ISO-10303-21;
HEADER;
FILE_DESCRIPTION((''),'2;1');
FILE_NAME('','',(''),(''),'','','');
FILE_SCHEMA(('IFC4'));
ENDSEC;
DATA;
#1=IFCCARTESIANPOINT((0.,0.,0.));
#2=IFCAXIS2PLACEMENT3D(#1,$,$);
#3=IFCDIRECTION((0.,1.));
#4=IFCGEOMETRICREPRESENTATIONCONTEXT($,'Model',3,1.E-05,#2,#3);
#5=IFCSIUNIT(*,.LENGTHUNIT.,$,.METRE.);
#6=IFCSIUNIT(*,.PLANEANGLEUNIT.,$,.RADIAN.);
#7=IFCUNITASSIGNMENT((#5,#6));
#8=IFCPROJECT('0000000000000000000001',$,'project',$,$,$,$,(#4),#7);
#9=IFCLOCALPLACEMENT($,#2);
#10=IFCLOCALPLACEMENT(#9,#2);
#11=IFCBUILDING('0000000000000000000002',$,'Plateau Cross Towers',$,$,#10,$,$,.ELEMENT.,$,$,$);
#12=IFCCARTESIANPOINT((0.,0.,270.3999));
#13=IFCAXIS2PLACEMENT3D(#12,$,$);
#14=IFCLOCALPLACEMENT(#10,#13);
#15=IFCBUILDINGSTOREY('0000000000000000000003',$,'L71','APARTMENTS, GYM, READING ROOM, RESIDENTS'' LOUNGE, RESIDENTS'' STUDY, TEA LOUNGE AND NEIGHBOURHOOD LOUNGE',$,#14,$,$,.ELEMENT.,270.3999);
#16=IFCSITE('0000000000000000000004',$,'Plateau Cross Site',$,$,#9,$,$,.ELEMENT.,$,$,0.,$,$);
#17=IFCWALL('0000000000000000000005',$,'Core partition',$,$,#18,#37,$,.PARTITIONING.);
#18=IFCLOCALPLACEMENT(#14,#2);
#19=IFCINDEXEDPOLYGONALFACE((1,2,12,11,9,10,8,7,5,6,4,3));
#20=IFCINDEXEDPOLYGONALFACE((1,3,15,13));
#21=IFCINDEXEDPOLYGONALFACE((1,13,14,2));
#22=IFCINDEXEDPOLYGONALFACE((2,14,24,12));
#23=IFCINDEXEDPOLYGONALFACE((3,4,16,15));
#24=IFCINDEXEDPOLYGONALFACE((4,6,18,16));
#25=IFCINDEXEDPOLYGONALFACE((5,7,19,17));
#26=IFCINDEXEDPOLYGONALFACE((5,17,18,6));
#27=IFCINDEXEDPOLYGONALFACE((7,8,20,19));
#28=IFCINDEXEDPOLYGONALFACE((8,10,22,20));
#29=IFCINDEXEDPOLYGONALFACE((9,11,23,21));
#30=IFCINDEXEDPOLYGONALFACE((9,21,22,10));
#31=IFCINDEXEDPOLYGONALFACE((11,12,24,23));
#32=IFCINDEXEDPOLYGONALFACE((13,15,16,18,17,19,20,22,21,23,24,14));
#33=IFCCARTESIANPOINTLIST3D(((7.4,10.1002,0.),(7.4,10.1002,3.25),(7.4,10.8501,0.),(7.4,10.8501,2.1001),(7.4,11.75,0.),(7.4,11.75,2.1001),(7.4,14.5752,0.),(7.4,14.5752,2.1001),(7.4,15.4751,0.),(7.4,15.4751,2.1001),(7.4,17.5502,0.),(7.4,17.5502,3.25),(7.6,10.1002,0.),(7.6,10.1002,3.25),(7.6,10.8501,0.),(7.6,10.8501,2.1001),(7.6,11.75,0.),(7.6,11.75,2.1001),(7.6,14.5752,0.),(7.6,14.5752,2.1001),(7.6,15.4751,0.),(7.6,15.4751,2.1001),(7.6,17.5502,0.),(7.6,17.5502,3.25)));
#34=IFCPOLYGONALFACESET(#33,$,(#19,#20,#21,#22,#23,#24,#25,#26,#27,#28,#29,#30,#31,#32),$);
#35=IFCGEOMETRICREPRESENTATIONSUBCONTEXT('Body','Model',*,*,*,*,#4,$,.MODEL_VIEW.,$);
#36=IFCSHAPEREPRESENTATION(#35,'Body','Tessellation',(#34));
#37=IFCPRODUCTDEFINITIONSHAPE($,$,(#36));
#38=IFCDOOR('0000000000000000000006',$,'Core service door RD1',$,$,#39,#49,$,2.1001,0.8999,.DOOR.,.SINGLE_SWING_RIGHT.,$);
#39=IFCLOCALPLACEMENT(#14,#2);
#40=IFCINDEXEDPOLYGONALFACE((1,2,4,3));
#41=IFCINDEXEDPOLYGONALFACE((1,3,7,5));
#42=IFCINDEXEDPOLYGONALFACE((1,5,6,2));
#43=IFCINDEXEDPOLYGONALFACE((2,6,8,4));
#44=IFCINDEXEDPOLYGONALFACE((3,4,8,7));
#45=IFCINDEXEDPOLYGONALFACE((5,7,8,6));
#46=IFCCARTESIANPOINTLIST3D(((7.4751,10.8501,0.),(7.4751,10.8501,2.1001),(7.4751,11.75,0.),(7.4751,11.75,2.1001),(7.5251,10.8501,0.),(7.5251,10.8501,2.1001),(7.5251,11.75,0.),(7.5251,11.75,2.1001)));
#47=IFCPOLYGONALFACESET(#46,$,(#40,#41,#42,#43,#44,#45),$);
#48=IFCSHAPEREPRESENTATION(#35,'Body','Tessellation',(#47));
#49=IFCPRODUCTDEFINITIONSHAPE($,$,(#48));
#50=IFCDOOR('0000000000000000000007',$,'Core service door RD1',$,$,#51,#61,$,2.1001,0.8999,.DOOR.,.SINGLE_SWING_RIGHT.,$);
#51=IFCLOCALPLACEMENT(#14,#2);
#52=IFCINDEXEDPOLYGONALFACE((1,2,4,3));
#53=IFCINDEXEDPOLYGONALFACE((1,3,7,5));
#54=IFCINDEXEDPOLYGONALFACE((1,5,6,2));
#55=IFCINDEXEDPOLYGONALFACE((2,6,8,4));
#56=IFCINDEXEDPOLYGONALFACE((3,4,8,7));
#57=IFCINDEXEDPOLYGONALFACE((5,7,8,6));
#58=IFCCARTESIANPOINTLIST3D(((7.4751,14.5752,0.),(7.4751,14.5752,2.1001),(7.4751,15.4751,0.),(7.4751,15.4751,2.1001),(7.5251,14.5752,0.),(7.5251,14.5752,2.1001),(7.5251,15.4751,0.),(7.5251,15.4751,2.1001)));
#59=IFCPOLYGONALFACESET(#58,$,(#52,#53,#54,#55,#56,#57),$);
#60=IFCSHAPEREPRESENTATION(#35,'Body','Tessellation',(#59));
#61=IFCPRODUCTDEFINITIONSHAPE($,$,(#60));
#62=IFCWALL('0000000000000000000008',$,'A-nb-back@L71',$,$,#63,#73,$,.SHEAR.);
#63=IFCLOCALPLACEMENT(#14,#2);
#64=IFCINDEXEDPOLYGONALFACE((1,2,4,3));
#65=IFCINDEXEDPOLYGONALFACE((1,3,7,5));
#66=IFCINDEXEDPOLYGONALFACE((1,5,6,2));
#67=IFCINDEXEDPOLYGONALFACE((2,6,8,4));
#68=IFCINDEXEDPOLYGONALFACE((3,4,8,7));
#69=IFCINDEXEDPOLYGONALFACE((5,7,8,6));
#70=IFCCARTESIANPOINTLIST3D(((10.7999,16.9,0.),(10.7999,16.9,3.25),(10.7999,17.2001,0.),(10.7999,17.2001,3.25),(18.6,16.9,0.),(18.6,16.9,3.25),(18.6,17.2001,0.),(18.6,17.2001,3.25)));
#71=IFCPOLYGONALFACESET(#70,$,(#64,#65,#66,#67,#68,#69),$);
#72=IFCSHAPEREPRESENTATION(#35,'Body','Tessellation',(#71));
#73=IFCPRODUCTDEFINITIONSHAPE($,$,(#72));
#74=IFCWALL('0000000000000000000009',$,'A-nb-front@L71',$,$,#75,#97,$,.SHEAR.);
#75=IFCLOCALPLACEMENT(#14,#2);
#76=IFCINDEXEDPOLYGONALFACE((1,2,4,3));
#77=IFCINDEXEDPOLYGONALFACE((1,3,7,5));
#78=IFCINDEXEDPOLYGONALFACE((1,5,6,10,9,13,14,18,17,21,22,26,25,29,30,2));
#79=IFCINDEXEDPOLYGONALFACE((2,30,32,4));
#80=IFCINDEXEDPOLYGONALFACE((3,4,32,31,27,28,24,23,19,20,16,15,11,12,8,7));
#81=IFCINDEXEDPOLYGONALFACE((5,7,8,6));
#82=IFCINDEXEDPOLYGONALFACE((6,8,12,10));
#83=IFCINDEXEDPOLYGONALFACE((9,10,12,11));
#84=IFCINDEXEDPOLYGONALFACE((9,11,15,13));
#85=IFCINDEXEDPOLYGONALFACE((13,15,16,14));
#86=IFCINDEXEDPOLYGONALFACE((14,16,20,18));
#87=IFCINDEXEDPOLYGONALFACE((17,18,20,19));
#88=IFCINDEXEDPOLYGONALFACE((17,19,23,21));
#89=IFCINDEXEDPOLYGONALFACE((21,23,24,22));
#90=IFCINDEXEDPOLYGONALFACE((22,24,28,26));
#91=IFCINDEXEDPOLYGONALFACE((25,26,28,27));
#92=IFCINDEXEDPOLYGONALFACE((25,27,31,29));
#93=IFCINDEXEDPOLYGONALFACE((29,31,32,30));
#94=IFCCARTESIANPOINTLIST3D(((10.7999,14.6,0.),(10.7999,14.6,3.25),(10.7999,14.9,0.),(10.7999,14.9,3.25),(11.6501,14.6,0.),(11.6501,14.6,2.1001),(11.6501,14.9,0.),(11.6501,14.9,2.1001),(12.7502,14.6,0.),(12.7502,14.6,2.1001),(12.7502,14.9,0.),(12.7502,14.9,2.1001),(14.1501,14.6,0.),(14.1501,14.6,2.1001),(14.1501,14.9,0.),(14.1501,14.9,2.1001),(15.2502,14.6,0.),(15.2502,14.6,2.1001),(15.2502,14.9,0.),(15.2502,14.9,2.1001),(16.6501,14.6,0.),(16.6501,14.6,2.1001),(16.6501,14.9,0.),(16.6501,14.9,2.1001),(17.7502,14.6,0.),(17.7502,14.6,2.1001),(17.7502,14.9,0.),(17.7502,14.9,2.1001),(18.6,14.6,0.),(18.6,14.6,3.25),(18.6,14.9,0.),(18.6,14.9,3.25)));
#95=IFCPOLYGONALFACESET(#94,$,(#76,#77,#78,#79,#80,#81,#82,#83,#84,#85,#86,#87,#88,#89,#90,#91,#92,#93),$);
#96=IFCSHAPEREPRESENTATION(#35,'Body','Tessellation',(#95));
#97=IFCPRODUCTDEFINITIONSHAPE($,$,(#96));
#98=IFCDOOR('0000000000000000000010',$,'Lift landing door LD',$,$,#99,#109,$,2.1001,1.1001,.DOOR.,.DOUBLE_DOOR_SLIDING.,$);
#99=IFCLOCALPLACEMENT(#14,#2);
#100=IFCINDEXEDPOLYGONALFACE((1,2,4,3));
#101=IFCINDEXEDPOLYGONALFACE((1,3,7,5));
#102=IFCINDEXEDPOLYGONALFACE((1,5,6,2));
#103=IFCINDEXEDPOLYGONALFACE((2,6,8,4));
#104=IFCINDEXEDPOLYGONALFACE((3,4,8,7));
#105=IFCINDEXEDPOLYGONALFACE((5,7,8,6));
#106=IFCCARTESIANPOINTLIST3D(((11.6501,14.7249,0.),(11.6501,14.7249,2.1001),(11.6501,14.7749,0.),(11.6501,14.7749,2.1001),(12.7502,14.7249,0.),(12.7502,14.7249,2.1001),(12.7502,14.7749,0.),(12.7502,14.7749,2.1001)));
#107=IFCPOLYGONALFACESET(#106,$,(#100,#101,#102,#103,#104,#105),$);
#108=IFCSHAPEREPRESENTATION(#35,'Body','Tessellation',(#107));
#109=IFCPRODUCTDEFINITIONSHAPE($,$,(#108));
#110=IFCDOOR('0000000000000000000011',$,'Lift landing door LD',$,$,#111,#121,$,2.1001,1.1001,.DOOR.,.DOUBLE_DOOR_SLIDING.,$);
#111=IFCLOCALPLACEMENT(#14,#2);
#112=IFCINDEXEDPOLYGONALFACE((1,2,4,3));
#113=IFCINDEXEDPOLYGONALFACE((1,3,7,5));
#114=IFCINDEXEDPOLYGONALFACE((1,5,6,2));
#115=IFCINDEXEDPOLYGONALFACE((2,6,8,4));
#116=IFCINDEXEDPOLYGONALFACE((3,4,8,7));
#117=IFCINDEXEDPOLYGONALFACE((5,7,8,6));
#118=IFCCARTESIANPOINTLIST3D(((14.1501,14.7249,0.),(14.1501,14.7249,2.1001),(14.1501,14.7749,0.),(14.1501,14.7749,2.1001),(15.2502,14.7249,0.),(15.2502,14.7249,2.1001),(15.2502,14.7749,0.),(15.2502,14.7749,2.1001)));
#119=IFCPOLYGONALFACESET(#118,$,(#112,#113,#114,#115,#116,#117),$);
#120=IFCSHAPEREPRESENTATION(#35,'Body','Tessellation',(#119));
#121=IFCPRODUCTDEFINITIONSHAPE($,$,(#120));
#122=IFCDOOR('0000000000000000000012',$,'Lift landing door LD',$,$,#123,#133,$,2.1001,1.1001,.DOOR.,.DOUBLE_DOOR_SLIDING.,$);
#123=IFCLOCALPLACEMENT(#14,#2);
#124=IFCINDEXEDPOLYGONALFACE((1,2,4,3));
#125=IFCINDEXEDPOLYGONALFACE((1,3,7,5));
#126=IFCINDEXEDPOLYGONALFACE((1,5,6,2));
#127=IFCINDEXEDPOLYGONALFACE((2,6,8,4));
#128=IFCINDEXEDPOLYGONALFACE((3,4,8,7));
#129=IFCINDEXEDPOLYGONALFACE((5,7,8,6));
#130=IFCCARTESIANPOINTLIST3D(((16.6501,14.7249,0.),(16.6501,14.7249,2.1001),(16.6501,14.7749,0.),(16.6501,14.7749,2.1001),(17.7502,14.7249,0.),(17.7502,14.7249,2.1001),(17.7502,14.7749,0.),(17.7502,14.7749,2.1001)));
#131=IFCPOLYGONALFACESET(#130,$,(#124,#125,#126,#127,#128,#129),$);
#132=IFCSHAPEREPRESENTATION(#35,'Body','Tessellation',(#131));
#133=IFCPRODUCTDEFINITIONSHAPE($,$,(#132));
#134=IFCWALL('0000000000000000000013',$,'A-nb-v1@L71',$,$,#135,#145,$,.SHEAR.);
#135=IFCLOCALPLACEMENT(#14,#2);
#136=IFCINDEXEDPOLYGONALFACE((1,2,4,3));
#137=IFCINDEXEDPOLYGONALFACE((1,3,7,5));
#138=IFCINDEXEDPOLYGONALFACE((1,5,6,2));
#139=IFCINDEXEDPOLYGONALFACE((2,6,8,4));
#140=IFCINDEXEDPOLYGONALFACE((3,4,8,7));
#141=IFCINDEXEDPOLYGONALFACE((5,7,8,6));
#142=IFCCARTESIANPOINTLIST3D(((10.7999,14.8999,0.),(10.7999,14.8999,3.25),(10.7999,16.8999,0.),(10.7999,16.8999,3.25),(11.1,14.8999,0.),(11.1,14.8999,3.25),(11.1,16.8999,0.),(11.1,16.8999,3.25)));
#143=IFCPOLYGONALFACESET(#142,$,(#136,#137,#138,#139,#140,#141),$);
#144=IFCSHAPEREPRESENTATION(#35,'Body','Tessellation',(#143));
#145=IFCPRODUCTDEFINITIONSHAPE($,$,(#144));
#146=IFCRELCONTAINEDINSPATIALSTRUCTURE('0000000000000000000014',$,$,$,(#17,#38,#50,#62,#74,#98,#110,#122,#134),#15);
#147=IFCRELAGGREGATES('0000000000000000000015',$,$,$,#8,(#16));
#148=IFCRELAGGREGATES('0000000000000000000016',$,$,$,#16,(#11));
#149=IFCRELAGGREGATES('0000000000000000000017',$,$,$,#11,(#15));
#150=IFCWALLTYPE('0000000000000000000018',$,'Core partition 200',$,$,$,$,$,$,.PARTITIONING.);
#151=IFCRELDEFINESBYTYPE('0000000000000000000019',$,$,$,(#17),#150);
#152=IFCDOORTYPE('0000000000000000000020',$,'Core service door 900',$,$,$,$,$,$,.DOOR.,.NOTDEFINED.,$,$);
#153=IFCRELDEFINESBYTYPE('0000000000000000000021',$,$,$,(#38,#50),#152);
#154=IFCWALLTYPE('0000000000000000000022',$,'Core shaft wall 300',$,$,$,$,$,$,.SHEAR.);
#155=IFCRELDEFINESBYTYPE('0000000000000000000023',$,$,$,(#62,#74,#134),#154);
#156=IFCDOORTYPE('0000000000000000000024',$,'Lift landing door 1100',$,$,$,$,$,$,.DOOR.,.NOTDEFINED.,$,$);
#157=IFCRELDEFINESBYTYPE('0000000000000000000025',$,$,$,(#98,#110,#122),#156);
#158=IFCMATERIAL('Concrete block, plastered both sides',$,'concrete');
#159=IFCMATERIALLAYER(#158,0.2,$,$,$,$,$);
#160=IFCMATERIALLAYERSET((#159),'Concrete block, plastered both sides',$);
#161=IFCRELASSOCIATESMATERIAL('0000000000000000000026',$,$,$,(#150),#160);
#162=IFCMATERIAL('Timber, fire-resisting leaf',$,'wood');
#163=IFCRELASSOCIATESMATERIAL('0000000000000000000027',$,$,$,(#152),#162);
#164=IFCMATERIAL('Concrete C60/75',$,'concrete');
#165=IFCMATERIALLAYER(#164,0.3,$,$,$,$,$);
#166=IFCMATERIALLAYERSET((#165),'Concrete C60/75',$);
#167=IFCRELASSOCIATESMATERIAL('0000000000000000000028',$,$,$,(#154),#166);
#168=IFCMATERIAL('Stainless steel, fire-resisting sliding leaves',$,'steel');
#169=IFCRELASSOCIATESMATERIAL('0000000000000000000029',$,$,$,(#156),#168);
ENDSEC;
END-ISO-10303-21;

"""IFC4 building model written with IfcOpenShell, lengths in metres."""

from ifc_helpers import new_model, si_unit, direction, frame, frame_2d, origin, place, context, subcontext, project, spatial, rectangle, extrude, material, layer, layer_set, type_object, element, fill, save


model = new_model("IFC4")

# Units and contexts
model_context = context("Model", 3, precision=1e-05, world=origin(), true_north=direction((0.0, 1.0)))
body_context = subcontext(model_context, "Body", "Model", "MODEL_VIEW")
ifc_project = project(units=[si_unit("LENGTHUNIT", "METRE"), si_unit("PLANEANGLEUNIT", "RADIAN")], contexts=[model_context])

# Site, building, storey
site_placement = place(None, origin())
site = spatial("IfcSite", under=ifc_project, at=site_placement, Name="Plateau Cross Site", CompositionType="ELEMENT", RefElevation=0.0)
building_placement = place(site_placement, origin())
building = spatial("IfcBuilding", under=site, at=building_placement, Name="Plateau Cross Towers", CompositionType="ELEMENT")
storey_placement = place(building_placement, frame((0.0, 0.0, 270.3999)))
storey = spatial("IfcBuildingStorey", under=building, at=storey_placement, Name="L71", Description="APARTMENTS, GYM, READING ROOM, RESIDENTS' LOUNGE, RESIDENTS' STUDY, TEA LOUNGE AND NEIGHBOURHOOD LOUNGE", CompositionType="ELEMENT", Elevation=270.3999)

# Shared definitions
ifc_material_1 = material(Name="Concrete block, plastered both sides", Category="concrete")
ifc_layer_1 = layer(ifc_material_1, 0.2)
ifc_layer_set_1 = layer_set([ifc_layer_1], Name="Concrete block, plastered both sides")
wall_type_1 = type_object("IfcWallType", Name="Core partition 200", PredefinedType="PARTITIONING", material=ifc_layer_set_1)

# Shared definitions
ifc_material_2 = material(Name="Timber, fire-resisting leaf", Category="wood")
door_type_1 = type_object("IfcDoorType", Name="Core service door 900", OperationType="NOTDEFINED", PredefinedType="DOOR", material=ifc_material_2)

# Wall, openings, doors
wall_1_placement = place(storey_placement, frame((7.5, 10.1001, 0.0), z_axis=(0.0, 0.0, 1.0), x_axis=(0.0, 1.0, 0.0)))
wall_1 = element("IfcWall", 1, at=wall_1_placement, inside=storey, type_object=wall_type_1, Name="Core partition", PredefinedType="PARTITIONING", context=body_context, shape_type="SweptSolid", body=[
    extrude(rectangle(XDim=7.45, YDim=0.2, at=frame_2d((3.7251, 0.0))), origin(), (0.0, 0.0, 1.0), 3.25),
])
opening_1_placement = place(wall_1_placement, frame((0.75, 0.0, 0.0)))
opening_1 = element("IfcOpeningElement", 2, at=opening_1_placement, cuts=wall_1, PredefinedType="OPENING", context=body_context, shape_type="SweptSolid", body=[
    extrude(rectangle(XDim=0.8999, YDim=2.1001, at=frame_2d((0.45, 1.05))), frame((0.0, 0.1099, 0.0), z_axis=(0.0, -1.0, 0.0), x_axis=(1.0, 0.0, 0.0)), (0.0, 0.0, 1.0), 0.22),
])
opening_2_placement = place(wall_1_placement, frame((4.4751, 0.0, 0.0)))
opening_2 = element("IfcOpeningElement", 3, at=opening_2_placement, cuts=wall_1, PredefinedType="OPENING", context=body_context, shape_type="SweptSolid", body=[
    extrude(rectangle(XDim=0.8999, YDim=2.1001, at=frame_2d((0.45, 1.05))), frame((0.0, 0.1099, 0.0), z_axis=(0.0, -1.0, 0.0), x_axis=(1.0, 0.0, 0.0)), (0.0, 0.0, 1.0), 0.22),
])
door_1_placement = place(opening_1_placement, origin())
door_1 = element("IfcDoor", 4, at=door_1_placement, inside=storey, type_object=door_type_1, Name="Core service door RD1", OperationType="SINGLE_SWING_RIGHT", OverallHeight=2.1001, OverallWidth=0.8999, PredefinedType="DOOR", context=body_context, shape_type="SweptSolid", body=[
    extrude(rectangle(XDim=0.8999, YDim=2.1001, at=frame_2d((0.45, 1.05))), frame((0.0, 0.0249, 0.0), z_axis=(0.0, -1.0, 0.0), x_axis=(1.0, 0.0, 0.0)), (0.0, 0.0, 1.0), 0.05),
])
fill(opening_1, door_1)
door_2_placement = place(opening_2_placement, origin())
door_2 = element("IfcDoor", 5, at=door_2_placement, inside=storey, type_object=door_type_1, Name="Core service door RD1", OperationType="SINGLE_SWING_RIGHT", OverallHeight=2.1001, OverallWidth=0.8999, PredefinedType="DOOR", context=body_context, shape_type="SweptSolid", body=[
    extrude(rectangle(XDim=0.8999, YDim=2.1001, at=frame_2d((0.45, 1.05))), frame((0.0, 0.0249, 0.0), z_axis=(0.0, -1.0, 0.0), x_axis=(1.0, 0.0, 0.0)), (0.0, 0.0, 1.0), 0.05),
])
fill(opening_2, door_2)

# Wall
ifc_material_3 = material(Name="Concrete C60/75", Category="concrete")
ifc_layer_2 = layer(ifc_material_3, 0.3)
ifc_layer_set_2 = layer_set([ifc_layer_2], Name="Concrete C60/75")
wall_type_2 = type_object("IfcWallType", Name="Core shaft wall 300", PredefinedType="SHEAR", material=ifc_layer_set_2)
wall_2_placement = place(storey_placement, frame((10.8, 17.05, 0.0), z_axis=(0.0, 0.0, 1.0), x_axis=(1.0, 0.0, 0.0)))
element("IfcWall", 6, at=wall_2_placement, inside=storey, type_object=wall_type_2, Name="A-nb-back@L71", PredefinedType="SHEAR", context=body_context, shape_type="SweptSolid", body=[
    extrude(rectangle(XDim=7.8, YDim=0.3, at=frame_2d((3.8999, 0.0))), origin(), (0.0, 0.0, 1.0), 3.25),
])

# Wall, openings, doors
wall_3_placement = place(storey_placement, frame((10.8, 14.75, 0.0), z_axis=(0.0, 0.0, 1.0), x_axis=(1.0, 0.0, 0.0)))
wall_3 = element("IfcWall", 7, at=wall_3_placement, inside=storey, type_object=wall_type_2, Name="A-nb-front@L71", PredefinedType="SHEAR", context=body_context, shape_type="SweptSolid", body=[
    extrude(rectangle(XDim=7.8, YDim=0.3, at=frame_2d((3.8999, 0.0))), origin(), (0.0, 0.0, 1.0), 3.25),
])
opening_3_placement = place(wall_3_placement, frame((0.8501, 0.0, 0.0)))
opening_3 = element("IfcOpeningElement", 8, at=opening_3_placement, cuts=wall_3, PredefinedType="OPENING", context=body_context, shape_type="SweptSolid", body=[
    extrude(rectangle(XDim=1.1001, YDim=2.1001, at=frame_2d((0.55, 1.05))), frame((0.0, 0.1599, 0.0), z_axis=(0.0, -1.0, 0.0), x_axis=(1.0, 0.0, 0.0)), (0.0, 0.0, 1.0), 0.3201),
])
opening_4_placement = place(wall_3_placement, frame((3.3501, 0.0, 0.0)))
opening_4 = element("IfcOpeningElement", 9, at=opening_4_placement, cuts=wall_3, PredefinedType="OPENING", context=body_context, shape_type="SweptSolid", body=[
    extrude(rectangle(XDim=1.1001, YDim=2.1001, at=frame_2d((0.55, 1.05))), frame((0.0, 0.1599, 0.0), z_axis=(0.0, -1.0, 0.0), x_axis=(1.0, 0.0, 0.0)), (0.0, 0.0, 1.0), 0.3201),
])
opening_5_placement = place(wall_3_placement, frame((5.8501, 0.0, 0.0)))
opening_5 = element("IfcOpeningElement", 10, at=opening_5_placement, cuts=wall_3, PredefinedType="OPENING", context=body_context, shape_type="SweptSolid", body=[
    extrude(rectangle(XDim=1.1001, YDim=2.1001, at=frame_2d((0.55, 1.05))), frame((0.0, 0.1599, 0.0), z_axis=(0.0, -1.0, 0.0), x_axis=(1.0, 0.0, 0.0)), (0.0, 0.0, 1.0), 0.3201),
])
ifc_material_4 = material(Name="Stainless steel, fire-resisting sliding leaves", Category="steel")
door_type_2 = type_object("IfcDoorType", Name="Lift landing door 1100", OperationType="NOTDEFINED", PredefinedType="DOOR", material=ifc_material_4)
door_3_placement = place(opening_3_placement, origin())
door_3 = element("IfcDoor", 11, at=door_3_placement, inside=storey, type_object=door_type_2, Name="Lift landing door LD", OperationType="DOUBLE_DOOR_SLIDING", OverallHeight=2.1001, OverallWidth=1.1001, PredefinedType="DOOR", context=body_context, shape_type="SweptSolid", body=[
    extrude(rectangle(XDim=1.1001, YDim=2.1001, at=frame_2d((0.55, 1.05))), frame((0.0, 0.0249, 0.0), z_axis=(0.0, -1.0, 0.0), x_axis=(1.0, 0.0, 0.0)), (0.0, 0.0, 1.0), 0.05),
])
fill(opening_3, door_3)
door_4_placement = place(opening_4_placement, origin())
door_4 = element("IfcDoor", 12, at=door_4_placement, inside=storey, type_object=door_type_2, Name="Lift landing door LD", OperationType="DOUBLE_DOOR_SLIDING", OverallHeight=2.1001, OverallWidth=1.1001, PredefinedType="DOOR", context=body_context, shape_type="SweptSolid", body=[
    extrude(rectangle(XDim=1.1001, YDim=2.1001, at=frame_2d((0.55, 1.05))), frame((0.0, 0.0249, 0.0), z_axis=(0.0, -1.0, 0.0), x_axis=(1.0, 0.0, 0.0)), (0.0, 0.0, 1.0), 0.05),
])
fill(opening_4, door_4)
door_5_placement = place(opening_5_placement, origin())
door_5 = element("IfcDoor", 13, at=door_5_placement, inside=storey, type_object=door_type_2, Name="Lift landing door LD", OperationType="DOUBLE_DOOR_SLIDING", OverallHeight=2.1001, OverallWidth=1.1001, PredefinedType="DOOR", context=body_context, shape_type="SweptSolid", body=[
    extrude(rectangle(XDim=1.1001, YDim=2.1001, at=frame_2d((0.55, 1.05))), frame((0.0, 0.0249, 0.0), z_axis=(0.0, -1.0, 0.0), x_axis=(1.0, 0.0, 0.0)), (0.0, 0.0, 1.0), 0.05),
])
fill(opening_5, door_5)

# Wall
wall_4_placement = place(storey_placement, frame((10.95, 14.8999, 0.0), z_axis=(0.0, 0.0, 1.0), x_axis=(0.0, 1.0, 0.0)))
element("IfcWall", 14, at=wall_4_placement, inside=storey, type_object=wall_type_2, Name="A-nb-v1@L71", PredefinedType="SHEAR", context=body_context, shape_type="SweptSolid", body=[
    extrude(rectangle(XDim=2.0, YDim=0.3, at=frame_2d((1.0, 0.0))), origin(), (0.0, 0.0, 1.0), 3.25),
])

save(model, "model.ifc")
